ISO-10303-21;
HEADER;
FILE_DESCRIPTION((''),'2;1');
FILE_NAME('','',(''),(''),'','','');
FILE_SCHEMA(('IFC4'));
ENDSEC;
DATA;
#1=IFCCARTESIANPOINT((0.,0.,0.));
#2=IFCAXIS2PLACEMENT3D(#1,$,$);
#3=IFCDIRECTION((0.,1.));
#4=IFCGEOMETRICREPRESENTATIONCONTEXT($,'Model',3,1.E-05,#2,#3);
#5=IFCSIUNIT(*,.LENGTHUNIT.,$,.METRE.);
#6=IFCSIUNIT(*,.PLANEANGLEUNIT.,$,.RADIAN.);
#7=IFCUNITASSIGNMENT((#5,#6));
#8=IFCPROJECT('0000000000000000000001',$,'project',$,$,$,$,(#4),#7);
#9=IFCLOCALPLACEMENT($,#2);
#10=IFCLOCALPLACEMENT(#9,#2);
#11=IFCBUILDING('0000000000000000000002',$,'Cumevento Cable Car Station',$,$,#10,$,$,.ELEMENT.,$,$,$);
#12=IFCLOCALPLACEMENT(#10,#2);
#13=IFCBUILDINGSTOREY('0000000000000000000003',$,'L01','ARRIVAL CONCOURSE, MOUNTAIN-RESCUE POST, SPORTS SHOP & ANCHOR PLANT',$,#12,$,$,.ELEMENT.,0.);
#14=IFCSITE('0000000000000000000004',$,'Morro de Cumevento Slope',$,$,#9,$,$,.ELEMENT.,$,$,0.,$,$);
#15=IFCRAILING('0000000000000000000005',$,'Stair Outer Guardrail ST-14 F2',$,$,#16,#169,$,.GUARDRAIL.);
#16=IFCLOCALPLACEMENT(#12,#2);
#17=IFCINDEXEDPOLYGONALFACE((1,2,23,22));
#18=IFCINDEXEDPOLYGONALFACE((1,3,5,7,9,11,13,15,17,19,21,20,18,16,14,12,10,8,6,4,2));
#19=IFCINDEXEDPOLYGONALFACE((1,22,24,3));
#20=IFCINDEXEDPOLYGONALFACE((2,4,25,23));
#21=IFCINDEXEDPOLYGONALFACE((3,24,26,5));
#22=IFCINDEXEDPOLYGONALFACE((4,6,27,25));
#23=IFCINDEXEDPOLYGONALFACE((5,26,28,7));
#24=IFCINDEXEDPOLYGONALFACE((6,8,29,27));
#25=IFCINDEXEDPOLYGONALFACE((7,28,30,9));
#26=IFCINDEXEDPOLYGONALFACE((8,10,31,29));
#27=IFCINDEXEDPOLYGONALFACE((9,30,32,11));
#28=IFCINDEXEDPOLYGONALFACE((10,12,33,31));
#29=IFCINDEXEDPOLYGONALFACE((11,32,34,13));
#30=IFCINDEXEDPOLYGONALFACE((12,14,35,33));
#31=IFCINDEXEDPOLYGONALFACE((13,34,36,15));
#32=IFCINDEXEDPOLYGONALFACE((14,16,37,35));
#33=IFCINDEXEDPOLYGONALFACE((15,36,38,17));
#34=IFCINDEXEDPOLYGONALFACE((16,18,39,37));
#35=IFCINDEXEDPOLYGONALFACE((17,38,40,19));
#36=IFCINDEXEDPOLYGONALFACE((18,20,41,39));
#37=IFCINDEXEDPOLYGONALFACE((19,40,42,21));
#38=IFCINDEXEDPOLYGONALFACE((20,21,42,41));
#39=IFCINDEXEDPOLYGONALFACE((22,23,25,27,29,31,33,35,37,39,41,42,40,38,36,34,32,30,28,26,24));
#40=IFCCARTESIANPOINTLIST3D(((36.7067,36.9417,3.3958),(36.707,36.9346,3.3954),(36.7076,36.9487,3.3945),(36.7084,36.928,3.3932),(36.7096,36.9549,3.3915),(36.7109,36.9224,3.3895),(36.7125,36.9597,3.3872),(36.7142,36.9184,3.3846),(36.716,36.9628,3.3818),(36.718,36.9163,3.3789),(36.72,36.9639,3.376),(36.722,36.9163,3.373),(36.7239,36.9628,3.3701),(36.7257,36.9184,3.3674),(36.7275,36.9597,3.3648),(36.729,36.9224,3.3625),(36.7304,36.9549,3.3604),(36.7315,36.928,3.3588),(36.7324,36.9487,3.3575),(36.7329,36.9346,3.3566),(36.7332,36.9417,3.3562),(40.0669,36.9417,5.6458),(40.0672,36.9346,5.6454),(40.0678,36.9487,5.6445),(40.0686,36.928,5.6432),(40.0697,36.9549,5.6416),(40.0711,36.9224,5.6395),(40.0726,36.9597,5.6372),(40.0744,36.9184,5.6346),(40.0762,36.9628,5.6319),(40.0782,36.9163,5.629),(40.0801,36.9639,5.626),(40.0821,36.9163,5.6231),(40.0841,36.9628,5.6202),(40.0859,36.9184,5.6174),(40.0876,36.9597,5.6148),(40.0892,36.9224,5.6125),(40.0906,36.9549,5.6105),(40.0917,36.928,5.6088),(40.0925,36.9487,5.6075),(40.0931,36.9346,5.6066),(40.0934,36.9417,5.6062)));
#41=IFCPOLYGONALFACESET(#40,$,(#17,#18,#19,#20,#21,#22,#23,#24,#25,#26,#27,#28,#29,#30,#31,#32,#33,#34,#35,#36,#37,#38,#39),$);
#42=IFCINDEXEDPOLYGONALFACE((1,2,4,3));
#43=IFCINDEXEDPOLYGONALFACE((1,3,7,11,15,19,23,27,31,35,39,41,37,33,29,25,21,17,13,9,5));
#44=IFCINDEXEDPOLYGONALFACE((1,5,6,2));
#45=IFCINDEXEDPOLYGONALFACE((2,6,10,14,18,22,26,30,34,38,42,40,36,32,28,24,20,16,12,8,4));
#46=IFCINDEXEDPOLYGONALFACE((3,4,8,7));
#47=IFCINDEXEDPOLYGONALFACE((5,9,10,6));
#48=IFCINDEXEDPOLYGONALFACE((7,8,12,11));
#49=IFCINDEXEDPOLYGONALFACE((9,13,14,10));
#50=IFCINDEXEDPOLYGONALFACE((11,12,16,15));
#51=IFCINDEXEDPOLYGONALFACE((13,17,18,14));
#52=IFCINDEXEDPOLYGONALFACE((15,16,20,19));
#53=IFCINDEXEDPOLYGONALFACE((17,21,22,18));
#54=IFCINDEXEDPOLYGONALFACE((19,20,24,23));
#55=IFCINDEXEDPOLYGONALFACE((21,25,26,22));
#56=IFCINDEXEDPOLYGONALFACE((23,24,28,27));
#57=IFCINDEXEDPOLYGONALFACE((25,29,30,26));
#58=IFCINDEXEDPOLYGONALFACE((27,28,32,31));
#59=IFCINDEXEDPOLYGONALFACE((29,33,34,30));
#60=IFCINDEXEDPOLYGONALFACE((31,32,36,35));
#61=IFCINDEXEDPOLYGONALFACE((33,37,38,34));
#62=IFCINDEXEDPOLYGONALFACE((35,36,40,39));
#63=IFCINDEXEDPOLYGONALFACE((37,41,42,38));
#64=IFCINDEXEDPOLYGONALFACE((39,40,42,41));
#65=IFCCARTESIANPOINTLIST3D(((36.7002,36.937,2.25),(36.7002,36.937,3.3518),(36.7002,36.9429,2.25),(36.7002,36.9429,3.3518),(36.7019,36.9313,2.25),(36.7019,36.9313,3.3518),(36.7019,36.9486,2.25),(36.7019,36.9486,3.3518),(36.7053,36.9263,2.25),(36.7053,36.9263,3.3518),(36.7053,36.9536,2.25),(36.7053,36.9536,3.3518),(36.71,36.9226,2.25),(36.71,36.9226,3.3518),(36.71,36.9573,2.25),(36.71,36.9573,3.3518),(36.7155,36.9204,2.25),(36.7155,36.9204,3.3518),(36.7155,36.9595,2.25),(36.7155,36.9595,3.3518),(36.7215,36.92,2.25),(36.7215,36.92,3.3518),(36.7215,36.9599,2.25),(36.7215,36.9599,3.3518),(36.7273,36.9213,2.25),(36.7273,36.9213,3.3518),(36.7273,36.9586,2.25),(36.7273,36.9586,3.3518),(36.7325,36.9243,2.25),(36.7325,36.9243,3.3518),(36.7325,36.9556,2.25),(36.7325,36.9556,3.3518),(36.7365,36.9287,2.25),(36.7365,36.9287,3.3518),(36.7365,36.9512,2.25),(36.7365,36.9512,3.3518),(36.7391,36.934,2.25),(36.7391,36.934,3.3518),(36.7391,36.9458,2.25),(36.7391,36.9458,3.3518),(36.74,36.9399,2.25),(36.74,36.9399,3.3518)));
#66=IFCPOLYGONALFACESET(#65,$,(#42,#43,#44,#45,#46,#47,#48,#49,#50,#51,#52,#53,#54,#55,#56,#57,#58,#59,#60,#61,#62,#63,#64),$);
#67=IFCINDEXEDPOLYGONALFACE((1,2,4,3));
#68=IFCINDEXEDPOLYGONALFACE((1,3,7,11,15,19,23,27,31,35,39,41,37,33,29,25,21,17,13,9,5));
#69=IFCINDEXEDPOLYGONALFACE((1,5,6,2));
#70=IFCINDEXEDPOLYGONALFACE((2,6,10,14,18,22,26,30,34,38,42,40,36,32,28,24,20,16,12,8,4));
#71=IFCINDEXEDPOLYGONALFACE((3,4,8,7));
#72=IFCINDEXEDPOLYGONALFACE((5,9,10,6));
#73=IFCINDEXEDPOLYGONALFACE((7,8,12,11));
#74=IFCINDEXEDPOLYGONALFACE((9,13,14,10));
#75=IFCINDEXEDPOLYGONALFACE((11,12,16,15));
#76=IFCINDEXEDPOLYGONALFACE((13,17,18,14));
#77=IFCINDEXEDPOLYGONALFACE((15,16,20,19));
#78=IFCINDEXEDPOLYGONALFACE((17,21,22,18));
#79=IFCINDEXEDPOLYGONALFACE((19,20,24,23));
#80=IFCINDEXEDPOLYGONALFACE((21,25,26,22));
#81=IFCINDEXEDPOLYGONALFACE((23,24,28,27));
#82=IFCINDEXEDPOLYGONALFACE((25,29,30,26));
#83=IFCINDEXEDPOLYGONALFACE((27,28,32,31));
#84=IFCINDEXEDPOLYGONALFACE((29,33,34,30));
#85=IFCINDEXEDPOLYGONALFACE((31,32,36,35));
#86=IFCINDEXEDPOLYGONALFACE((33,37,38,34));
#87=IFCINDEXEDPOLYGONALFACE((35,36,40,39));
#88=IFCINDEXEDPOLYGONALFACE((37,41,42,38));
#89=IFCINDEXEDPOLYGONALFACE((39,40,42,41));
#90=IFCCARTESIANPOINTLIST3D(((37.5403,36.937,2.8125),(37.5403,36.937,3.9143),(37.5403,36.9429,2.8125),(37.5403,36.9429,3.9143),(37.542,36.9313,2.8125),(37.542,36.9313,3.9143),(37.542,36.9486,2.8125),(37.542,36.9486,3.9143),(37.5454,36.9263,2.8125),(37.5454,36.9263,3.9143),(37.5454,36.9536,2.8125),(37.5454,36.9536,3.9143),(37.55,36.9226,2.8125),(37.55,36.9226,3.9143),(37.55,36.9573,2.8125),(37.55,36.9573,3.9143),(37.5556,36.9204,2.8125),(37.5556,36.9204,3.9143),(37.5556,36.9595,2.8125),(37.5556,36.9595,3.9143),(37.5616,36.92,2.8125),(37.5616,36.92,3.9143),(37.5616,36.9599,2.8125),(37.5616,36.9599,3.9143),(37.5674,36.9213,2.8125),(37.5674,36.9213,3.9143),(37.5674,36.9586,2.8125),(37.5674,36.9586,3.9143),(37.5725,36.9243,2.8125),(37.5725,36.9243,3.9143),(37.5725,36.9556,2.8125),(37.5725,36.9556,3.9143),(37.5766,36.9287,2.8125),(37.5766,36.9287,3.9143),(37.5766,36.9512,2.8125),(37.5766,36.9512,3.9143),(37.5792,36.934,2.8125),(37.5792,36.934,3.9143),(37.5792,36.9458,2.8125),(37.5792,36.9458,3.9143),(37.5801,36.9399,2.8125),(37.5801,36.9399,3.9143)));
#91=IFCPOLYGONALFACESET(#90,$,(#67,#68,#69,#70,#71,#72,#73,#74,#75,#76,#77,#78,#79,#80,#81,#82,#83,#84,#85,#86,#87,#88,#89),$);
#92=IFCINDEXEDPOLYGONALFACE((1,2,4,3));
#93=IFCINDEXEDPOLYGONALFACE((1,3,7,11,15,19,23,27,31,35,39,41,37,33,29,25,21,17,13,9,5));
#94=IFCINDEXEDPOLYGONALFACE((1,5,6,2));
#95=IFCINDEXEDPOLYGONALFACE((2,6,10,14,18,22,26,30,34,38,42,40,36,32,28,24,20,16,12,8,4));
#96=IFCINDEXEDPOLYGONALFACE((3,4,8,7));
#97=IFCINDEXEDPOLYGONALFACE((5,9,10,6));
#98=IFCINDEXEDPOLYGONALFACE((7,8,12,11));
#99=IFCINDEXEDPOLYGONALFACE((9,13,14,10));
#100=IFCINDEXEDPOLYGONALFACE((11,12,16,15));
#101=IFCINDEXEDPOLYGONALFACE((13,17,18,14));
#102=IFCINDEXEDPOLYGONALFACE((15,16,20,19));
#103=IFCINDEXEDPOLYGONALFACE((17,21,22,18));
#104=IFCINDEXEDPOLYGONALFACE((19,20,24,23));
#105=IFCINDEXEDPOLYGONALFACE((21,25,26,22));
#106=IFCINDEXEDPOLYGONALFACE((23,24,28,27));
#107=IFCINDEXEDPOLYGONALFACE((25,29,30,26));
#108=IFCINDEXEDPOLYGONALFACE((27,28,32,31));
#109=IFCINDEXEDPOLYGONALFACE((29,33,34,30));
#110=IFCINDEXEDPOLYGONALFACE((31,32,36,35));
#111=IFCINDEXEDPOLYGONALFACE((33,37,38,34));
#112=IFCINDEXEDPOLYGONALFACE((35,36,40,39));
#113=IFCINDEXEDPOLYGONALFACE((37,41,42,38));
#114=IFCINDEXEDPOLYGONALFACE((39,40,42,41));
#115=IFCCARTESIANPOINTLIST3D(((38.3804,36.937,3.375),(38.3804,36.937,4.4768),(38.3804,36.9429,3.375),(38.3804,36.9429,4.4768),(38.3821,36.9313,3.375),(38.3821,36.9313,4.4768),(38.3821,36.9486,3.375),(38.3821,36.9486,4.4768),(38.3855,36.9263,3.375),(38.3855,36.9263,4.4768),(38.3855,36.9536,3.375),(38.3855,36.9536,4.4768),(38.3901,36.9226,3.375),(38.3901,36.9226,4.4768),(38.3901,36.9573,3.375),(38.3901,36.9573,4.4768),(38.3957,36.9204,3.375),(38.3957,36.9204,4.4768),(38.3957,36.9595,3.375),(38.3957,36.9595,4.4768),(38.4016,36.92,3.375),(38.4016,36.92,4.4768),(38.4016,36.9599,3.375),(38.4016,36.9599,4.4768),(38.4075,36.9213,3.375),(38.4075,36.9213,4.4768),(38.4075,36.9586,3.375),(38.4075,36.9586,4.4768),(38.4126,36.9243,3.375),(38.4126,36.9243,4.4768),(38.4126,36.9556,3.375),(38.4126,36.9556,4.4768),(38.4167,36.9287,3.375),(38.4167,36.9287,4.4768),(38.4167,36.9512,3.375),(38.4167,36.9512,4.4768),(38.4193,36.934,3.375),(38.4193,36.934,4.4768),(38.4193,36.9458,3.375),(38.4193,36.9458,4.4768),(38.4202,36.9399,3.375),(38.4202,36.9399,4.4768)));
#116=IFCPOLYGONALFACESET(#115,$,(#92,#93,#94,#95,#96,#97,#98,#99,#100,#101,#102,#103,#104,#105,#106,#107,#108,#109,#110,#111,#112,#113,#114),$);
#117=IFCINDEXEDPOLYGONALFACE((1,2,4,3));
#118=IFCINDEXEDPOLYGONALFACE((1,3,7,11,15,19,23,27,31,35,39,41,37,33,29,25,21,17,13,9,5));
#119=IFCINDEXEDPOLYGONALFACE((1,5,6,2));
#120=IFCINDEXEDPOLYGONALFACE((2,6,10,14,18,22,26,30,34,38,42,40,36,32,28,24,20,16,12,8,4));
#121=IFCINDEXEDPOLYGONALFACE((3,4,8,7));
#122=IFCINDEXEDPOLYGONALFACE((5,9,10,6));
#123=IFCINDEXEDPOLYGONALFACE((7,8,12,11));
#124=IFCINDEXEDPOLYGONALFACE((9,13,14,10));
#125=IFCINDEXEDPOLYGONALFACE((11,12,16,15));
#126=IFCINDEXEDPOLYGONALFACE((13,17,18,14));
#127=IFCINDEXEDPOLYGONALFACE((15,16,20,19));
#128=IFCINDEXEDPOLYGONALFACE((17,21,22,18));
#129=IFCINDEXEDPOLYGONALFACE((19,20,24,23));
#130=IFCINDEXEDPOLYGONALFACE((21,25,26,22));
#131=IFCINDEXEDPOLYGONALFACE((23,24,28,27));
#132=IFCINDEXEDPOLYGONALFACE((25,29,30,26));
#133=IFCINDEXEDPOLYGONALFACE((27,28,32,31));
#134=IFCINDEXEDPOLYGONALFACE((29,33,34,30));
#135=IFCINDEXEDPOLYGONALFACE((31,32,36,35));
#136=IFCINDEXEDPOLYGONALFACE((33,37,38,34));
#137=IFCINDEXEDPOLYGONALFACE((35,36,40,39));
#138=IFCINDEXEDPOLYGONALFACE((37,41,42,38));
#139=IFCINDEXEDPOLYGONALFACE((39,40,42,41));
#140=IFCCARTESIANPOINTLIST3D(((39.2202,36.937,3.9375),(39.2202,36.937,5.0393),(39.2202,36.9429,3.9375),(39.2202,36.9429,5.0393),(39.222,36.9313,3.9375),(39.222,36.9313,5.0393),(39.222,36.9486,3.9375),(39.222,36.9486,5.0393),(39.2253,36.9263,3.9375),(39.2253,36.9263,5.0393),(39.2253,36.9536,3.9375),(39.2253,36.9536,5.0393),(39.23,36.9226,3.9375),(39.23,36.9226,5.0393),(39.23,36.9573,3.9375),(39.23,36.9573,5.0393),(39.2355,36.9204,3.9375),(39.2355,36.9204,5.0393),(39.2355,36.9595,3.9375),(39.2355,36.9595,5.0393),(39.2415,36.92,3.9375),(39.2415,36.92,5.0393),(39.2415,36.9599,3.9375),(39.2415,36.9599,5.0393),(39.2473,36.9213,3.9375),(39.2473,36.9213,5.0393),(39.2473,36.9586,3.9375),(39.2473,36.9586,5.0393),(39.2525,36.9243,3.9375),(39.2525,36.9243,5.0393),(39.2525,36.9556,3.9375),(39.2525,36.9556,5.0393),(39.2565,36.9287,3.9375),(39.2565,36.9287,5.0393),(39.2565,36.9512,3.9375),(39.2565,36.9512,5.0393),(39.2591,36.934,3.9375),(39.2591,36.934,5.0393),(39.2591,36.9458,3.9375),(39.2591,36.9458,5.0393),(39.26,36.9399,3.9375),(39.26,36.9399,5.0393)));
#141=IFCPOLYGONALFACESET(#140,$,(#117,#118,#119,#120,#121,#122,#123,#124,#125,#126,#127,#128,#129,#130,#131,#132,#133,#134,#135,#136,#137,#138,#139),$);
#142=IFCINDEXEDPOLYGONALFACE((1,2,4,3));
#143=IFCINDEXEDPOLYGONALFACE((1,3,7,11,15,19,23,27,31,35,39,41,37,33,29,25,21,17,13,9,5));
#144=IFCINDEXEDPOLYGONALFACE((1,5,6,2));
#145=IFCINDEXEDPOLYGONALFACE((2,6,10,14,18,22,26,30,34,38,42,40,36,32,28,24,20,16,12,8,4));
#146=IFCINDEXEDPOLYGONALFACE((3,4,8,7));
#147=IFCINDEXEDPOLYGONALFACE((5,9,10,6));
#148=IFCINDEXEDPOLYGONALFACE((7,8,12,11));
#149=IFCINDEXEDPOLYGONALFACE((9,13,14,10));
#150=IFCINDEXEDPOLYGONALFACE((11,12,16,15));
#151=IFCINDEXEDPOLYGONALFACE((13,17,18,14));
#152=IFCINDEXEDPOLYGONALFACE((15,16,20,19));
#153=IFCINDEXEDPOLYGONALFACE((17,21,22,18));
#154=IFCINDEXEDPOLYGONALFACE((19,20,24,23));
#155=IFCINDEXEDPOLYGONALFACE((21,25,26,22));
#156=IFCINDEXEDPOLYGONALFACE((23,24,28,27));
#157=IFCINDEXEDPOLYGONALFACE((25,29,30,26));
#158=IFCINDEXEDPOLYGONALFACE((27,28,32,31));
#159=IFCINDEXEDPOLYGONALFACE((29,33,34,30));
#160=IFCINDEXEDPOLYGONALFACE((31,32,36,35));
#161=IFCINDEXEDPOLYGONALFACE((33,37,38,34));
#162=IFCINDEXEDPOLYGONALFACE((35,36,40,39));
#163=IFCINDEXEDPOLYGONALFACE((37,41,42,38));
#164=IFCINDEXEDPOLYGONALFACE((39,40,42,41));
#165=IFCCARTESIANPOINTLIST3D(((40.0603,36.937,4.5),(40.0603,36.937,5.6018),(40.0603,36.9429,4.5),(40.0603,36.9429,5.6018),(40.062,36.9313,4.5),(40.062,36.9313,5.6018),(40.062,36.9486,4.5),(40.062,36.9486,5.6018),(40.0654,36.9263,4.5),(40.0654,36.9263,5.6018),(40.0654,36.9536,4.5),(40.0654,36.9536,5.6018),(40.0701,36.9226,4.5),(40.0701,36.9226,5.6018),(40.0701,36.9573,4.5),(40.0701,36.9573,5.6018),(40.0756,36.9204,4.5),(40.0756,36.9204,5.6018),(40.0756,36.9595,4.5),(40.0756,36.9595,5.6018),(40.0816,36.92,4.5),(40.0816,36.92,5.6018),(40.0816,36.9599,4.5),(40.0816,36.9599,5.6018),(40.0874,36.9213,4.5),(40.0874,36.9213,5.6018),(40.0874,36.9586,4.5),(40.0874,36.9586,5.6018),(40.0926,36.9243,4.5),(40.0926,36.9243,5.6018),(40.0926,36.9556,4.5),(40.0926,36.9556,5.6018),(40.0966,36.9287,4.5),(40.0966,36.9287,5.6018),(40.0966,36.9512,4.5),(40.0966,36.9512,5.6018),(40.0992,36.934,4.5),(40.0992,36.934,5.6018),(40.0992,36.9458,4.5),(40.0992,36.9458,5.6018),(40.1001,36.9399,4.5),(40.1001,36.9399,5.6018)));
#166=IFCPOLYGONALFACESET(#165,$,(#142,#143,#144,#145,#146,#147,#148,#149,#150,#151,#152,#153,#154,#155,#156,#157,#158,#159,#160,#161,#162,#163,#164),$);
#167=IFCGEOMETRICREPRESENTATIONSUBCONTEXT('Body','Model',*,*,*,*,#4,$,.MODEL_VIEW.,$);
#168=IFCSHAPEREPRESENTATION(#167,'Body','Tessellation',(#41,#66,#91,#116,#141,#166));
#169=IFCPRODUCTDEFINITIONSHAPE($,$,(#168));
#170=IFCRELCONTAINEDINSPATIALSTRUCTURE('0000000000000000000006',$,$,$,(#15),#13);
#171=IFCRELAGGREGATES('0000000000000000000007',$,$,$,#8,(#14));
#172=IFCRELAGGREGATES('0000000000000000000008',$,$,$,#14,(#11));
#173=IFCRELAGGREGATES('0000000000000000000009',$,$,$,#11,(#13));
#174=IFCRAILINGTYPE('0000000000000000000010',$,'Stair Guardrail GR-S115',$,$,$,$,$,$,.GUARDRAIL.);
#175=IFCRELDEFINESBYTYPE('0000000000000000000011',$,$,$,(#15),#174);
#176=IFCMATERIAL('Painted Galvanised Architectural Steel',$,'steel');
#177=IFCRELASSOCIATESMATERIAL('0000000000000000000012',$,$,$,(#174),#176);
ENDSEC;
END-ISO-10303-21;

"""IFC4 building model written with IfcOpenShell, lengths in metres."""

from ifc_helpers import new_model, si_unit, direction, frame, origin, origin_2d, place, context, subcontext, project, spatial, circle, extrude, material, type_object, element, save


model = new_model("IFC4")

# Units and contexts
model_context = context("Model", 3, precision=1e-05, world=origin(), true_north=direction((0.0, 1.0)))
body_context = subcontext(model_context, "Body", "Model", "MODEL_VIEW")
ifc_project = project(units=[si_unit("LENGTHUNIT", "METRE"), si_unit("PLANEANGLEUNIT", "RADIAN")], contexts=[model_context])

# Site, building, storey
site_placement = place(None, origin())
site = spatial("IfcSite", under=ifc_project, at=site_placement, Name="Morro de Cumevento Slope", CompositionType="ELEMENT", RefElevation=0.0)
building_placement = place(site_placement, origin())
building = spatial("IfcBuilding", under=site, at=building_placement, Name="Cumevento Cable Car Station", CompositionType="ELEMENT")
storey_placement = place(building_placement, origin())
storey = spatial("IfcBuildingStorey", under=building, at=storey_placement, Name="L01", Description="ARRIVAL CONCOURSE, MOUNTAIN-RESCUE POST, SPORTS SHOP & ANCHOR PLANT", CompositionType="ELEMENT", Elevation=0.0)

# Railing
ifc_material_1 = material(Name="Painted Galvanised Architectural Steel", Category="steel")
railing_type_1 = type_object("IfcRailingType", Name="Stair Guardrail GR-S115", PredefinedType="GUARDRAIL", material=ifc_material_1)
railing_1_placement = place(storey_placement, frame((36.72, 36.9399, 2.25)))
element("IfcRailing", 1, at=railing_1_placement, inside=storey, type_object=railing_type_1, Name="Stair Outer Guardrail ST-14 F2", PredefinedType="GUARDRAIL", context=body_context, shape_type="SweptSolid", body=[
    extrude(circle(Radius=0.0239, at=origin_2d()), frame((0.0, 0.0, 1.126), z_axis=(0.830915, 0.0, 0.556399), x_axis=(0.0, 1.0, 0.0)), (0.0, 0.0, 1.0), 4.0439),
    extrude(circle(Radius=0.02, at=origin_2d()), origin(), (0.0, 0.0, 1.0), 1.1018),
    extrude(circle(Radius=0.02, at=origin_2d()), frame((0.8401, 0.0, 0.5625)), (0.0, 0.0, 1.0), 1.1018),
    extrude(circle(Radius=0.02, at=origin_2d()), frame((1.6802, 0.0, 1.125)), (0.0, 0.0, 1.0), 1.1018),
    extrude(circle(Radius=0.02, at=origin_2d()), frame((2.52, 0.0, 1.6875)), (0.0, 0.0, 1.0), 1.1018),
    extrude(circle(Radius=0.02, at=origin_2d()), frame((3.3601, 0.0, 2.25)), (0.0, 0.0, 1.0), 1.1018),
])

save(model, "model.ifc")
